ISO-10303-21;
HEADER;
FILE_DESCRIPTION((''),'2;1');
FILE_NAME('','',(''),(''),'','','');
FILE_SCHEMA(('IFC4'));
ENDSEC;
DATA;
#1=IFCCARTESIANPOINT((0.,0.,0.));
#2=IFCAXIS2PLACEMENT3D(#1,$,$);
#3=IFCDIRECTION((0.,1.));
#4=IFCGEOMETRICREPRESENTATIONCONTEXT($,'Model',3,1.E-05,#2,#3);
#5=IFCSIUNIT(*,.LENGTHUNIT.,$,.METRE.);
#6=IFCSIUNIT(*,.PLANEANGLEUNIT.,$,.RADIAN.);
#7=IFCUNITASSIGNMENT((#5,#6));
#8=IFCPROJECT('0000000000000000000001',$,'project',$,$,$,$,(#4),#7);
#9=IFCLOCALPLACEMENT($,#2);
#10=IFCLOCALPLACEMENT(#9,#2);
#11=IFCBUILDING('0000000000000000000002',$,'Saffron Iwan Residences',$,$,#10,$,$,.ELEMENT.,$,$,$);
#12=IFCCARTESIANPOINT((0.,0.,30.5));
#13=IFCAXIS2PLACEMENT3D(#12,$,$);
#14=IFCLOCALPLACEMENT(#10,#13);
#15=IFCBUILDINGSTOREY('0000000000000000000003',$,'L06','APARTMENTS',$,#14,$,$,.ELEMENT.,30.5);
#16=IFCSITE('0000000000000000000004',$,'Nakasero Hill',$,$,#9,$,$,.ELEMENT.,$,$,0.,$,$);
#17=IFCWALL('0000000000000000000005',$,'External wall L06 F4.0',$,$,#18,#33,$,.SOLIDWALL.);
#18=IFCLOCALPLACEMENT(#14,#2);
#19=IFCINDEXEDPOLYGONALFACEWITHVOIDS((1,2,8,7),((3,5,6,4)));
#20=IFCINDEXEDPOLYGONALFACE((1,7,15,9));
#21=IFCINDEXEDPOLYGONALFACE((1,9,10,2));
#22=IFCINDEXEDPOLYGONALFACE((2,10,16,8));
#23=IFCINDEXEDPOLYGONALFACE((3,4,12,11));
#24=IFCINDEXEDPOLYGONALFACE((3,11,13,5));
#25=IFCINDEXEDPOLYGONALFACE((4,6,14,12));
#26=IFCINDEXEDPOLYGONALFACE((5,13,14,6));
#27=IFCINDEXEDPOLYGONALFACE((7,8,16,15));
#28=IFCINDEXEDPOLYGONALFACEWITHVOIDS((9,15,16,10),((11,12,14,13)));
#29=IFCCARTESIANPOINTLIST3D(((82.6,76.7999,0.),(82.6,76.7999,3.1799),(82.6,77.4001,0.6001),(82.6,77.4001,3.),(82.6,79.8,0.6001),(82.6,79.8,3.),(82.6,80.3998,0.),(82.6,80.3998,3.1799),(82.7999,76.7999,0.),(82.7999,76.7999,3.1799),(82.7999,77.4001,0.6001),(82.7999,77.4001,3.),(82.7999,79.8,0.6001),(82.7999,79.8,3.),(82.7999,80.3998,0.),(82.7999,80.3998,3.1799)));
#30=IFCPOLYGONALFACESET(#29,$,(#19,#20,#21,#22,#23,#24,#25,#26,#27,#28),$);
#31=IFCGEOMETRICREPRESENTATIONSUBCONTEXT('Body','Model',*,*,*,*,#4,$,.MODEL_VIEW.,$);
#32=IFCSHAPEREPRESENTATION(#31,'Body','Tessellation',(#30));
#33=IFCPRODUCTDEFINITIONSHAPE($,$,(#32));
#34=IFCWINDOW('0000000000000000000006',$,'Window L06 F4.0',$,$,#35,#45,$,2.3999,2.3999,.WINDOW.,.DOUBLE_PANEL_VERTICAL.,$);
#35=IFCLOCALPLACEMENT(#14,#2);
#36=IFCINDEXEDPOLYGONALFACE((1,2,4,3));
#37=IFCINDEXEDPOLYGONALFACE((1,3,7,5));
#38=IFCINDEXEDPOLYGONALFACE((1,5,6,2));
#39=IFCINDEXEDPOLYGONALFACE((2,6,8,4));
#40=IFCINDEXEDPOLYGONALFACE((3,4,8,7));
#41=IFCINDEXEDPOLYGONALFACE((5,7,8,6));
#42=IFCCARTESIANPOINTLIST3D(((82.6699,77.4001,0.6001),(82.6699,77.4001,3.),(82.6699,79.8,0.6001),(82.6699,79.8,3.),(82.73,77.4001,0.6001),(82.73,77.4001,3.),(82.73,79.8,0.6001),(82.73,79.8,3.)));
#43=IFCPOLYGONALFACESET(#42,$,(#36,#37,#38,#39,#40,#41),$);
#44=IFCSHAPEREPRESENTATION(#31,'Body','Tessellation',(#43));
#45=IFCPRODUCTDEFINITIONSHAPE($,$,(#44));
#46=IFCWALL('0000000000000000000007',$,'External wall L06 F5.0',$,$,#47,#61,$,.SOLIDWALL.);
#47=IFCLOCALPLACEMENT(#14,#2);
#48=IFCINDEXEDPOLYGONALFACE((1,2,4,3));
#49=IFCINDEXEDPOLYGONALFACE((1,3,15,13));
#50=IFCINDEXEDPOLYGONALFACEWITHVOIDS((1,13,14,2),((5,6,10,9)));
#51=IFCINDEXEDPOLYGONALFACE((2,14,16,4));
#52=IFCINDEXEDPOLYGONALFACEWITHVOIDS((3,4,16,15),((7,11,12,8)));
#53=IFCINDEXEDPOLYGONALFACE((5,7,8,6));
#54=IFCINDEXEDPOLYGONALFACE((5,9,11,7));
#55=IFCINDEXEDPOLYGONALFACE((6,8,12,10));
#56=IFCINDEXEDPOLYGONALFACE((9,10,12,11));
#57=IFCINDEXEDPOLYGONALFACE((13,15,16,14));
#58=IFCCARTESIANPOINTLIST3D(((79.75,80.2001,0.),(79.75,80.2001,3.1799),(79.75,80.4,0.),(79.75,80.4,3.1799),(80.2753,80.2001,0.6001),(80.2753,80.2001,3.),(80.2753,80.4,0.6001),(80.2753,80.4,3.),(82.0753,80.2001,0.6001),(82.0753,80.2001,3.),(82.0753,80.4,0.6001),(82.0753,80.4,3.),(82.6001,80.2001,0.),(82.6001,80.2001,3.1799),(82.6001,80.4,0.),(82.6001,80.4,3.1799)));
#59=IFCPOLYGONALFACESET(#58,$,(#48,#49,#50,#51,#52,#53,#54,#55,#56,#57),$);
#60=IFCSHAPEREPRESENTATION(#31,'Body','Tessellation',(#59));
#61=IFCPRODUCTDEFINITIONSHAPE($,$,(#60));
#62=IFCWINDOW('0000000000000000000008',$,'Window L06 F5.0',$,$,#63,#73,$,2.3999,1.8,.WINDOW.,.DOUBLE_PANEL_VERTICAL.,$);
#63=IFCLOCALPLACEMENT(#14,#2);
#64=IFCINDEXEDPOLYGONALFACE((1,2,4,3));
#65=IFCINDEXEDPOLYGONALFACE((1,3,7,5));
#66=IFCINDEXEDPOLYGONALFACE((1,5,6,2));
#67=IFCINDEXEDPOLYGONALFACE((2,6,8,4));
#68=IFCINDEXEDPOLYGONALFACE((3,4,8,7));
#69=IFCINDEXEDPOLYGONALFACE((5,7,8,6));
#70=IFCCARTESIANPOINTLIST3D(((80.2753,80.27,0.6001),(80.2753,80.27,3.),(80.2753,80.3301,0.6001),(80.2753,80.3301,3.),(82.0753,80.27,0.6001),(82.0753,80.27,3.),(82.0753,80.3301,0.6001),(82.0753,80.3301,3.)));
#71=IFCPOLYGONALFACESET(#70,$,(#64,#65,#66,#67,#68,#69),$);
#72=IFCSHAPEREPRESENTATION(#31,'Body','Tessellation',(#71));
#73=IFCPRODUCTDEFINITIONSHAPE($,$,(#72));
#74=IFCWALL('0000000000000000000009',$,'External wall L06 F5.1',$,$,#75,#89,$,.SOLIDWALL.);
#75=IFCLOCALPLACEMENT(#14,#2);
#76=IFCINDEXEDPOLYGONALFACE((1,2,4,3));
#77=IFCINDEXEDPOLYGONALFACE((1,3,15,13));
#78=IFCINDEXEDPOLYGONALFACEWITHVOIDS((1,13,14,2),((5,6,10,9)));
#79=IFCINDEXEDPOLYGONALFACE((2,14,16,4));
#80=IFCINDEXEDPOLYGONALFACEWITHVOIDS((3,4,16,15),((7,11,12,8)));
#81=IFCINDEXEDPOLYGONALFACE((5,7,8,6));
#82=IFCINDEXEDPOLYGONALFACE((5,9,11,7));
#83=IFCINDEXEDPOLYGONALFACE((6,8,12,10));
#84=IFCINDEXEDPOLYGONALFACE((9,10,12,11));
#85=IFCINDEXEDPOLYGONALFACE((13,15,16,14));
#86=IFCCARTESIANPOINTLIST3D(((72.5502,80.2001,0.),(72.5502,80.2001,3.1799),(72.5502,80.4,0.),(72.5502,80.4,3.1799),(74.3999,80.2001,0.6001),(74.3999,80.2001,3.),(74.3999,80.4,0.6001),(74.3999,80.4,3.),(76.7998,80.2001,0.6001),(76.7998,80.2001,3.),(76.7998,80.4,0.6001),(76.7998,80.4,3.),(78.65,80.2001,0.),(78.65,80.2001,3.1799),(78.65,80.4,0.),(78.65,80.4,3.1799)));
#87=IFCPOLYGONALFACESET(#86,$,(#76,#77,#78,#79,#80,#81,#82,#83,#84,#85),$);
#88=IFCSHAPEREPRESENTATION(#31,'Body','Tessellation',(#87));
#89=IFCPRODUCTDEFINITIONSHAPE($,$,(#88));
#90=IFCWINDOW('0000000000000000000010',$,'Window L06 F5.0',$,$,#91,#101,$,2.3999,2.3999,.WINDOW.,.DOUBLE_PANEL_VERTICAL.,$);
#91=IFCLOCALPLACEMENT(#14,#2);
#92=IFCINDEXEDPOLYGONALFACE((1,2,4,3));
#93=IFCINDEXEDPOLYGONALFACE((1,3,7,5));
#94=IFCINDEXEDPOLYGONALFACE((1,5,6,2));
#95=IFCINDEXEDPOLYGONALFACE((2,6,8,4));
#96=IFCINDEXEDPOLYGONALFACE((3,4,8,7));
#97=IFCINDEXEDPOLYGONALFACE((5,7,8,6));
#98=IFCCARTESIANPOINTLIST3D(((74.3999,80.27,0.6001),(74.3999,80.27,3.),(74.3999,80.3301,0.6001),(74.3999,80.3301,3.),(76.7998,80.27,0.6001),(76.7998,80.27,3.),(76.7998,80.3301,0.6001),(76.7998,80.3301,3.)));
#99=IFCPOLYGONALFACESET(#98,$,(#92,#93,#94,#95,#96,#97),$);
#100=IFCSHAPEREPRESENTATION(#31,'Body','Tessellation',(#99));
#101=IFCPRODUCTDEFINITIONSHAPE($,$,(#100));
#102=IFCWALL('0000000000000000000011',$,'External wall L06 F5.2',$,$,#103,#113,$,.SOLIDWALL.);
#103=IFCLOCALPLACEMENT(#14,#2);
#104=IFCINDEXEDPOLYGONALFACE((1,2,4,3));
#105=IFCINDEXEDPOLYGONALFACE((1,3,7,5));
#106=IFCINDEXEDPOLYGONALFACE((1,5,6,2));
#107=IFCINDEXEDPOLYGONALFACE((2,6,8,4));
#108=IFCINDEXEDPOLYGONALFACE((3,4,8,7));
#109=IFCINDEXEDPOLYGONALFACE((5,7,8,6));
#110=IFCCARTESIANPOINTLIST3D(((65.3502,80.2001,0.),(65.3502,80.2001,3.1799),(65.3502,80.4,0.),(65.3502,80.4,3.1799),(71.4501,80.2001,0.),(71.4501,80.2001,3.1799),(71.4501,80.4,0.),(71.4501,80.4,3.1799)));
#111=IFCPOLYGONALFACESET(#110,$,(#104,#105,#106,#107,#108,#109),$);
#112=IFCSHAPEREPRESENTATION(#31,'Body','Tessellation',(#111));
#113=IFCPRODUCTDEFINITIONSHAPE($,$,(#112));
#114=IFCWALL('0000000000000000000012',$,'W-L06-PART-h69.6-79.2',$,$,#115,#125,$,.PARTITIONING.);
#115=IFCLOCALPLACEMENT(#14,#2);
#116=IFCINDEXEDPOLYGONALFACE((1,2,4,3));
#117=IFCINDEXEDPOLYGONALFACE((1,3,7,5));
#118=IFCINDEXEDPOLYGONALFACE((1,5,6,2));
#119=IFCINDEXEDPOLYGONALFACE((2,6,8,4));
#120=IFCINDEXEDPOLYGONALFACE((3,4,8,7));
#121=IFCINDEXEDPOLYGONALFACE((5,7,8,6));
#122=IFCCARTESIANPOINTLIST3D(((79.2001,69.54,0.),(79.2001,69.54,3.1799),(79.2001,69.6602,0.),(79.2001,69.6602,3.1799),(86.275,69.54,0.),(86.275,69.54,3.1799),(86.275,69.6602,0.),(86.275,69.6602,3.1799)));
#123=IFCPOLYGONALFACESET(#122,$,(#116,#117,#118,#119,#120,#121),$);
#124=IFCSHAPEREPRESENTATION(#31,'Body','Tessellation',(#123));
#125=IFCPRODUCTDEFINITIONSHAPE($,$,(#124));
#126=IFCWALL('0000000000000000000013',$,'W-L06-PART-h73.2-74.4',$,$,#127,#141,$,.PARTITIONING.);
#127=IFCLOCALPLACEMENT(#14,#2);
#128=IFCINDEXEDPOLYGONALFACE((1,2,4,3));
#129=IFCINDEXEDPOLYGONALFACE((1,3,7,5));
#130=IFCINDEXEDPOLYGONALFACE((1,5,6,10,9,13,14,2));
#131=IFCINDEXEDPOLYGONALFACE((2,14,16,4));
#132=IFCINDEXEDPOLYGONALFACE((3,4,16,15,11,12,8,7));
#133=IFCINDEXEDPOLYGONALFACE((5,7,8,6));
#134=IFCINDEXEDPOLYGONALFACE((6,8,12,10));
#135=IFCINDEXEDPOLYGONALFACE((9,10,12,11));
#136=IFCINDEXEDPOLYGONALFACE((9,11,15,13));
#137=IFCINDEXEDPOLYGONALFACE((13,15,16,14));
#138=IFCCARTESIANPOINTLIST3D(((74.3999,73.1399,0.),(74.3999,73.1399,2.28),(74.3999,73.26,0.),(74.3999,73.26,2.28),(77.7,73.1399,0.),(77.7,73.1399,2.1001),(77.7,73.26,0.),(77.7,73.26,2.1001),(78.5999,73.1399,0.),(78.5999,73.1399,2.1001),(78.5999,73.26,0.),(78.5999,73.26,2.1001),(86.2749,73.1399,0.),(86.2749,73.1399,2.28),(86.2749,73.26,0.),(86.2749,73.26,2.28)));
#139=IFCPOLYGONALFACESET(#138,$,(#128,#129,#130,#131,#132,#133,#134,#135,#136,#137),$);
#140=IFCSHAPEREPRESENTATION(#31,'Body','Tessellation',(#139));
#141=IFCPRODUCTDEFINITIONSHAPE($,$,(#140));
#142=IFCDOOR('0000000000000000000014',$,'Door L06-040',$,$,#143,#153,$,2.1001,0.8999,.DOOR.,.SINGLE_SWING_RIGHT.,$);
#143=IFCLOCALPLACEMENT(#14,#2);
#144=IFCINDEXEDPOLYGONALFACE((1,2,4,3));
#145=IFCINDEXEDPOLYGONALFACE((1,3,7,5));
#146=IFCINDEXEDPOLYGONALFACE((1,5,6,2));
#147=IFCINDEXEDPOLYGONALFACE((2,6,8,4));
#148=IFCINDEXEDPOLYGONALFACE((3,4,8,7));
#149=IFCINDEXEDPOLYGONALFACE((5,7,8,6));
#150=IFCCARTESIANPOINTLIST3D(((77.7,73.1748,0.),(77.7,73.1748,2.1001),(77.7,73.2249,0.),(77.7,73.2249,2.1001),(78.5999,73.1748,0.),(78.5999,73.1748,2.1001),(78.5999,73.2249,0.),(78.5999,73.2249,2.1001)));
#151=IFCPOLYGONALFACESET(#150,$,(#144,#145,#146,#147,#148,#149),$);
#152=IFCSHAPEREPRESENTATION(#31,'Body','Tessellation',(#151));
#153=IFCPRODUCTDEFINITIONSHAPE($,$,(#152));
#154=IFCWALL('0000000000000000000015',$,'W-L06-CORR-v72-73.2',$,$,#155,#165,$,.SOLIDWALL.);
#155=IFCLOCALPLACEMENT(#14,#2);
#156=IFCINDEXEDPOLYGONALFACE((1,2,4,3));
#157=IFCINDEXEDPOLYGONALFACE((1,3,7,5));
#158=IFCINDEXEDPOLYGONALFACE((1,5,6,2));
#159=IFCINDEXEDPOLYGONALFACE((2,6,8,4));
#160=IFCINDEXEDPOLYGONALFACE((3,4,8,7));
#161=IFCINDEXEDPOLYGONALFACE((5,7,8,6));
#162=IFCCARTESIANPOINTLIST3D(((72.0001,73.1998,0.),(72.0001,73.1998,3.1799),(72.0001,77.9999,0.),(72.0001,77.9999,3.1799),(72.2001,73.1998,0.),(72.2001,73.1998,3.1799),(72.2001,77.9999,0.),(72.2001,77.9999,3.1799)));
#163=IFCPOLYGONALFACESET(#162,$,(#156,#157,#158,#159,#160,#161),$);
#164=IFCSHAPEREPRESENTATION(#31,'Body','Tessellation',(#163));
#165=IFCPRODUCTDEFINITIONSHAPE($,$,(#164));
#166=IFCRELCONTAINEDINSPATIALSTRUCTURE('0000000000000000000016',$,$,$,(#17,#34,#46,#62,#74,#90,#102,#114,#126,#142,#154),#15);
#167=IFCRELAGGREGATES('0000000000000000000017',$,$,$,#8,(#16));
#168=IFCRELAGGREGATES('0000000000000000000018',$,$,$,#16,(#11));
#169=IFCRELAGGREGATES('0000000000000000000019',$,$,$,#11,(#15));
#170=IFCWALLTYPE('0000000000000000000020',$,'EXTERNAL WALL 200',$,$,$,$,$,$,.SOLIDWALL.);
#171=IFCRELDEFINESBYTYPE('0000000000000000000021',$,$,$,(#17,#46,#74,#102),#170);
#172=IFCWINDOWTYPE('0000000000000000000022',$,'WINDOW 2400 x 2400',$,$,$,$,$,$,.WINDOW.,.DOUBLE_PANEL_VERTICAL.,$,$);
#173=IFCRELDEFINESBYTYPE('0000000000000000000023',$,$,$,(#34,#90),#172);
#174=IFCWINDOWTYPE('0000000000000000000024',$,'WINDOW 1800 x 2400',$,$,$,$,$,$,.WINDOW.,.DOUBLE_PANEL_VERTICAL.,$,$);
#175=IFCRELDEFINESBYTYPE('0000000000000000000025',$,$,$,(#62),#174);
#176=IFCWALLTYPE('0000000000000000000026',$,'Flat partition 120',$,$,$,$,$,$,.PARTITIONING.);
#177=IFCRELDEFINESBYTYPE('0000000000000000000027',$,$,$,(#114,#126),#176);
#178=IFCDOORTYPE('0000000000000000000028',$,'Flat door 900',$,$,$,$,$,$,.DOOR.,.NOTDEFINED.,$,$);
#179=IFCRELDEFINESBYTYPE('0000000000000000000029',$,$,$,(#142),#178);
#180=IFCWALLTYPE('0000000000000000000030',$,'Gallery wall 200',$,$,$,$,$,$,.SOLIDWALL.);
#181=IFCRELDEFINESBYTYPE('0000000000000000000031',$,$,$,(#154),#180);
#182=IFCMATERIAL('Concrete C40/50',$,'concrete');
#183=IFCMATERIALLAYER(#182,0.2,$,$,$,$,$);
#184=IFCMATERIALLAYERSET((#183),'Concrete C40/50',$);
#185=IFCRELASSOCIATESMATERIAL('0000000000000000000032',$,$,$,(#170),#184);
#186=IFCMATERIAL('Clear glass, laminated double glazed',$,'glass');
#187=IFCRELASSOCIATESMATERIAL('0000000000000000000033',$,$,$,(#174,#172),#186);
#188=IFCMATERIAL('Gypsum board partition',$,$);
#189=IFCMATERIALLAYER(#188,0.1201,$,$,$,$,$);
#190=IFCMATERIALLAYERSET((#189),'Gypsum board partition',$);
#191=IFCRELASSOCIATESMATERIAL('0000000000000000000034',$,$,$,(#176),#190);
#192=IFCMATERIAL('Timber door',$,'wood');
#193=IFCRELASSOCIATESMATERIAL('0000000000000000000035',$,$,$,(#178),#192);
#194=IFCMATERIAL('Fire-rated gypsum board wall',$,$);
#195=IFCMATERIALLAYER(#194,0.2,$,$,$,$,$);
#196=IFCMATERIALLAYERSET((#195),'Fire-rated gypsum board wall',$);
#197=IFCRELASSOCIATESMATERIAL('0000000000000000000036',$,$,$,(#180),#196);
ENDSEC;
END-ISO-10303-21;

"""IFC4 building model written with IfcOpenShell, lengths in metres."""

from ifc_helpers import new_model, si_unit, direction, frame, frame_2d, origin, place, context, subcontext, project, spatial, rectangle, extrude, material, layer, layer_set, type_object, element, fill, save


model = new_model("IFC4")

# Units and contexts
model_context = context("Model", 3, precision=1e-05, world=origin(), true_north=direction((0.0, 1.0)))
body_context = subcontext(model_context, "Body", "Model", "MODEL_VIEW")
ifc_project = project(units=[si_unit("LENGTHUNIT", "METRE"), si_unit("PLANEANGLEUNIT", "RADIAN")], contexts=[model_context])

# Site, building, storey
site_placement = place(None, origin())
site = spatial("IfcSite", under=ifc_project, at=site_placement, Name="Nakasero Hill", CompositionType="ELEMENT", RefElevation=0.0)
building_placement = place(site_placement, origin())
building = spatial("IfcBuilding", under=site, at=building_placement, Name="Saffron Iwan Residences", CompositionType="ELEMENT")
storey_placement = place(building_placement, frame((0.0, 0.0, 30.5)))
storey = spatial("IfcBuildingStorey", under=building, at=storey_placement, Name="L06", Description="APARTMENTS", CompositionType="ELEMENT", Elevation=30.5)

# Shared definitions
ifc_material_1 = material(Name="Concrete C40/50", Category="concrete")
ifc_layer_1 = layer(ifc_material_1, 0.2)
ifc_layer_set_1 = layer_set([ifc_layer_1], Name="Concrete C40/50")
wall_type_1 = type_object("IfcWallType", Name="EXTERNAL WALL 200", PredefinedType="SOLIDWALL", material=ifc_layer_set_1)
ifc_material_2 = material(Name="Clear glass, laminated double glazed", Category="glass")
window_type_1 = type_object("IfcWindowType", Name="WINDOW 1800 x 2400", PartitioningType="DOUBLE_PANEL_VERTICAL", PredefinedType="WINDOW", material=ifc_material_2)

# Walls, openings, windows
wall_1_placement = place(storey_placement, frame((82.7, 76.8, 0.0), z_axis=(0.0, 0.0, 1.0), x_axis=(0.0, 1.0, 0.0)))
wall_1 = element("IfcWall", 1, at=wall_1_placement, inside=storey, type_object=wall_type_1, Name="External wall L06 F4.0", PredefinedType="SOLIDWALL", context=body_context, shape_type="SweptSolid", body=[
    extrude(rectangle(XDim=3.5999, YDim=0.2, at=frame_2d((1.7998, 0.0))), origin(), (0.0, 0.0, 1.0), 3.1799),
])
opening_1_placement = place(wall_1_placement, frame((0.6001, 0.0, 0.6001)))
opening_1 = element("IfcOpeningElement", 2, at=opening_1_placement, cuts=wall_1, PredefinedType="OPENING", context=body_context, shape_type="SweptSolid", body=[
    extrude(rectangle(XDim=2.3999, YDim=2.3999, at=frame_2d((1.2, 1.2))), frame((0.0, 0.1099, 0.0), z_axis=(0.0, -1.0, 0.0), x_axis=(1.0, 0.0, 0.0)), (0.0, 0.0, 1.0), 0.22),
])
window_type_2 = type_object("IfcWindowType", Name="WINDOW 2400 x 2400", PartitioningType="DOUBLE_PANEL_VERTICAL", PredefinedType="WINDOW", material=ifc_material_2)
window_1_placement = place(opening_1_placement, origin())
window_1 = element("IfcWindow", 3, at=window_1_placement, inside=storey, type_object=window_type_2, Name="Window L06 F4.0", OverallHeight=2.3999, OverallWidth=2.3999, PartitioningType="DOUBLE_PANEL_VERTICAL", PredefinedType="WINDOW", context=body_context, shape_type="SweptSolid", body=[
    extrude(rectangle(XDim=2.3999, YDim=2.3999, at=frame_2d((1.2, 1.2))), frame((0.0, 0.03, 0.0), z_axis=(0.0, -1.0, 0.0), x_axis=(1.0, 0.0, 0.0)), (0.0, 0.0, 1.0), 0.0601),
])
fill(opening_1, window_1)
wall_2_placement = place(storey_placement, frame((82.6001, 80.3, 0.0), z_axis=(0.0, 0.0, 1.0), x_axis=(-1.0, 0.0, 0.0)))
wall_2 = element("IfcWall", 4, at=wall_2_placement, inside=storey, type_object=wall_type_1, Name="External wall L06 F5.0", PredefinedType="SOLIDWALL", context=body_context, shape_type="SweptSolid", body=[
    extrude(rectangle(XDim=2.8501, YDim=0.2, at=frame_2d((1.425, 0.0))), origin(), (0.0, 0.0, 1.0), 3.1799),
])
opening_2_placement = place(wall_2_placement, frame((0.5249, 0.0, 0.6001)))
opening_2 = element("IfcOpeningElement", 5, at=opening_2_placement, cuts=wall_2, PredefinedType="OPENING", context=body_context, shape_type="SweptSolid", body=[
    extrude(rectangle(XDim=1.8, YDim=2.3999, at=frame_2d((0.8999, 1.2))), frame((0.0, 0.1099, 0.0), z_axis=(0.0, -1.0, 0.0), x_axis=(1.0, 0.0, 0.0)), (0.0, 0.0, 1.0), 0.22),
])
window_2_placement = place(opening_2_placement, origin())
window_2 = element("IfcWindow", 6, at=window_2_placement, inside=storey, type_object=window_type_1, Name="Window L06 F5.0", OverallHeight=2.3999, OverallWidth=1.8, PartitioningType="DOUBLE_PANEL_VERTICAL", PredefinedType="WINDOW", context=body_context, shape_type="SweptSolid", body=[
    extrude(rectangle(XDim=1.8, YDim=2.3999, at=frame_2d((0.8999, 1.2))), frame((0.0, 0.03, 0.0), z_axis=(0.0, -1.0, 0.0), x_axis=(1.0, 0.0, 0.0)), (0.0, 0.0, 1.0), 0.0601),
])
fill(opening_2, window_2)
wall_3_placement = place(storey_placement, frame((78.6499, 80.3, 0.0), z_axis=(0.0, 0.0, 1.0), x_axis=(-1.0, 0.0, 0.0)))
wall_3 = element("IfcWall", 7, at=wall_3_placement, inside=storey, type_object=wall_type_1, Name="External wall L06 F5.1", PredefinedType="SOLIDWALL", context=body_context, shape_type="SweptSolid", body=[
    extrude(rectangle(XDim=6.0999, YDim=0.2, at=frame_2d((3.0498, 0.0))), origin(), (0.0, 0.0, 1.0), 3.1799),
])
opening_3_placement = place(wall_3_placement, frame((1.8501, 0.0, 0.6001)))
opening_3 = element("IfcOpeningElement", 8, at=opening_3_placement, cuts=wall_3, PredefinedType="OPENING", context=body_context, shape_type="SweptSolid", body=[
    extrude(rectangle(XDim=2.3999, YDim=2.3999, at=frame_2d((1.2, 1.2))), frame((0.0, 0.1099, 0.0), z_axis=(0.0, -1.0, 0.0), x_axis=(1.0, 0.0, 0.0)), (0.0, 0.0, 1.0), 0.22),
])
window_3_placement = place(opening_3_placement, origin())
window_3 = element("IfcWindow", 9, at=window_3_placement, inside=storey, type_object=window_type_2, Name="Window L06 F5.0", OverallHeight=2.3999, OverallWidth=2.3999, PartitioningType="DOUBLE_PANEL_VERTICAL", PredefinedType="WINDOW", context=body_context, shape_type="SweptSolid", body=[
    extrude(rectangle(XDim=2.3999, YDim=2.3999, at=frame_2d((1.2, 1.2))), frame((0.0, 0.03, 0.0), z_axis=(0.0, -1.0, 0.0), x_axis=(1.0, 0.0, 0.0)), (0.0, 0.0, 1.0), 0.0601),
])
fill(opening_3, window_3)

# Walls
wall_4_placement = place(storey_placement, frame((71.45, 80.3, 0.0), z_axis=(0.0, 0.0, 1.0), x_axis=(-1.0, 0.0, 0.0)))
element("IfcWall", 10, at=wall_4_placement, inside=storey, type_object=wall_type_1, Name="External wall L06 F5.2", PredefinedType="SOLIDWALL", context=body_context, shape_type="SweptSolid", body=[
    extrude(rectangle(XDim=6.0999, YDim=0.2, at=frame_2d((3.0498, 0.0))), origin(), (0.0, 0.0, 1.0), 3.1799),
])
ifc_material_3 = material(Name="Gypsum board partition")
ifc_layer_2 = layer(ifc_material_3, 0.1201)
ifc_layer_set_2 = layer_set([ifc_layer_2], Name="Gypsum board partition")
wall_type_2 = type_object("IfcWallType", Name="Flat partition 120", PredefinedType="PARTITIONING", material=ifc_layer_set_2)
wall_5_placement = place(storey_placement, frame((79.2, 69.6001, 0.0), z_axis=(0.0, 0.0, 1.0), x_axis=(1.0, 0.0, 0.0)))
element("IfcWall", 11, at=wall_5_placement, inside=storey, type_object=wall_type_2, Name="W-L06-PART-h69.6-79.2", PredefinedType="PARTITIONING", context=body_context, shape_type="SweptSolid", body=[
    extrude(rectangle(XDim=7.075, YDim=0.1201, at=frame_2d((3.5376, 0.0))), origin(), (0.0, 0.0, 1.0), 3.1799),
])

# Wall, opening, door
wall_6_placement = place(storey_placement, frame((74.3999, 73.2, 0.0), z_axis=(0.0, 0.0, 1.0), x_axis=(1.0, 0.0, 0.0)))
wall_6 = element("IfcWall", 12, at=wall_6_placement, inside=storey, type_object=wall_type_2, Name="W-L06-PART-h73.2-74.4", PredefinedType="PARTITIONING", context=body_context, shape_type="SweptSolid", body=[
    extrude(rectangle(XDim=11.875, YDim=0.1201, at=frame_2d((5.9375, 0.0))), origin(), (0.0, 0.0, 1.0), 2.28),
])
opening_4_placement = place(wall_6_placement, frame((3.3, 0.0, 0.0)))
opening_4 = element("IfcOpeningElement", 13, at=opening_4_placement, cuts=wall_6, PredefinedType="OPENING", context=body_context, shape_type="SweptSolid", body=[
    extrude(rectangle(XDim=0.8999, YDim=2.1001, at=frame_2d((0.45, 1.05))), frame((0.0, 0.0701, 0.0), z_axis=(0.0, -1.0, 0.0), x_axis=(1.0, 0.0, 0.0)), (0.0, 0.0, 1.0), 0.1401),
])
ifc_material_4 = material(Name="Timber door", Category="wood")
door_type = type_object("IfcDoorType", Name="Flat door 900", OperationType="NOTDEFINED", PredefinedType="DOOR", material=ifc_material_4)
door_placement = place(opening_4_placement, origin())
door = element("IfcDoor", 14, at=door_placement, inside=storey, type_object=door_type, Name="Door L06-040", OperationType="SINGLE_SWING_RIGHT", OverallHeight=2.1001, OverallWidth=0.8999, PredefinedType="DOOR", context=body_context, shape_type="SweptSolid", body=[
    extrude(rectangle(XDim=0.8999, YDim=2.1001, at=frame_2d((0.45, 1.05))), frame((0.0, 0.0249, 0.0), z_axis=(0.0, -1.0, 0.0), x_axis=(1.0, 0.0, 0.0)), (0.0, 0.0, 1.0), 0.05),
])
fill(opening_4, door)

# Wall
ifc_material_5 = material(Name="Fire-rated gypsum board wall")
ifc_layer_3 = layer(ifc_material_5, 0.2)
ifc_layer_set_3 = layer_set([ifc_layer_3], Name="Fire-rated gypsum board wall")
wall_type_3 = type_object("IfcWallType", Name="Gallery wall 200", PredefinedType="SOLIDWALL", material=ifc_layer_set_3)
wall_7_placement = place(storey_placement, frame((72.1001, 73.2, 0.0), z_axis=(0.0, 0.0, 1.0), x_axis=(0.0, 1.0, 0.0)))
element("IfcWall", 15, at=wall_7_placement, inside=storey, type_object=wall_type_3, Name="W-L06-CORR-v72-73.2", PredefinedType="SOLIDWALL", context=body_context, shape_type="SweptSolid", body=[
    extrude(rectangle(XDim=4.8, YDim=0.2, at=frame_2d((2.3999, 0.0))), origin(), (0.0, 0.0, 1.0), 3.1799),
])

save(model, "model.ifc")
